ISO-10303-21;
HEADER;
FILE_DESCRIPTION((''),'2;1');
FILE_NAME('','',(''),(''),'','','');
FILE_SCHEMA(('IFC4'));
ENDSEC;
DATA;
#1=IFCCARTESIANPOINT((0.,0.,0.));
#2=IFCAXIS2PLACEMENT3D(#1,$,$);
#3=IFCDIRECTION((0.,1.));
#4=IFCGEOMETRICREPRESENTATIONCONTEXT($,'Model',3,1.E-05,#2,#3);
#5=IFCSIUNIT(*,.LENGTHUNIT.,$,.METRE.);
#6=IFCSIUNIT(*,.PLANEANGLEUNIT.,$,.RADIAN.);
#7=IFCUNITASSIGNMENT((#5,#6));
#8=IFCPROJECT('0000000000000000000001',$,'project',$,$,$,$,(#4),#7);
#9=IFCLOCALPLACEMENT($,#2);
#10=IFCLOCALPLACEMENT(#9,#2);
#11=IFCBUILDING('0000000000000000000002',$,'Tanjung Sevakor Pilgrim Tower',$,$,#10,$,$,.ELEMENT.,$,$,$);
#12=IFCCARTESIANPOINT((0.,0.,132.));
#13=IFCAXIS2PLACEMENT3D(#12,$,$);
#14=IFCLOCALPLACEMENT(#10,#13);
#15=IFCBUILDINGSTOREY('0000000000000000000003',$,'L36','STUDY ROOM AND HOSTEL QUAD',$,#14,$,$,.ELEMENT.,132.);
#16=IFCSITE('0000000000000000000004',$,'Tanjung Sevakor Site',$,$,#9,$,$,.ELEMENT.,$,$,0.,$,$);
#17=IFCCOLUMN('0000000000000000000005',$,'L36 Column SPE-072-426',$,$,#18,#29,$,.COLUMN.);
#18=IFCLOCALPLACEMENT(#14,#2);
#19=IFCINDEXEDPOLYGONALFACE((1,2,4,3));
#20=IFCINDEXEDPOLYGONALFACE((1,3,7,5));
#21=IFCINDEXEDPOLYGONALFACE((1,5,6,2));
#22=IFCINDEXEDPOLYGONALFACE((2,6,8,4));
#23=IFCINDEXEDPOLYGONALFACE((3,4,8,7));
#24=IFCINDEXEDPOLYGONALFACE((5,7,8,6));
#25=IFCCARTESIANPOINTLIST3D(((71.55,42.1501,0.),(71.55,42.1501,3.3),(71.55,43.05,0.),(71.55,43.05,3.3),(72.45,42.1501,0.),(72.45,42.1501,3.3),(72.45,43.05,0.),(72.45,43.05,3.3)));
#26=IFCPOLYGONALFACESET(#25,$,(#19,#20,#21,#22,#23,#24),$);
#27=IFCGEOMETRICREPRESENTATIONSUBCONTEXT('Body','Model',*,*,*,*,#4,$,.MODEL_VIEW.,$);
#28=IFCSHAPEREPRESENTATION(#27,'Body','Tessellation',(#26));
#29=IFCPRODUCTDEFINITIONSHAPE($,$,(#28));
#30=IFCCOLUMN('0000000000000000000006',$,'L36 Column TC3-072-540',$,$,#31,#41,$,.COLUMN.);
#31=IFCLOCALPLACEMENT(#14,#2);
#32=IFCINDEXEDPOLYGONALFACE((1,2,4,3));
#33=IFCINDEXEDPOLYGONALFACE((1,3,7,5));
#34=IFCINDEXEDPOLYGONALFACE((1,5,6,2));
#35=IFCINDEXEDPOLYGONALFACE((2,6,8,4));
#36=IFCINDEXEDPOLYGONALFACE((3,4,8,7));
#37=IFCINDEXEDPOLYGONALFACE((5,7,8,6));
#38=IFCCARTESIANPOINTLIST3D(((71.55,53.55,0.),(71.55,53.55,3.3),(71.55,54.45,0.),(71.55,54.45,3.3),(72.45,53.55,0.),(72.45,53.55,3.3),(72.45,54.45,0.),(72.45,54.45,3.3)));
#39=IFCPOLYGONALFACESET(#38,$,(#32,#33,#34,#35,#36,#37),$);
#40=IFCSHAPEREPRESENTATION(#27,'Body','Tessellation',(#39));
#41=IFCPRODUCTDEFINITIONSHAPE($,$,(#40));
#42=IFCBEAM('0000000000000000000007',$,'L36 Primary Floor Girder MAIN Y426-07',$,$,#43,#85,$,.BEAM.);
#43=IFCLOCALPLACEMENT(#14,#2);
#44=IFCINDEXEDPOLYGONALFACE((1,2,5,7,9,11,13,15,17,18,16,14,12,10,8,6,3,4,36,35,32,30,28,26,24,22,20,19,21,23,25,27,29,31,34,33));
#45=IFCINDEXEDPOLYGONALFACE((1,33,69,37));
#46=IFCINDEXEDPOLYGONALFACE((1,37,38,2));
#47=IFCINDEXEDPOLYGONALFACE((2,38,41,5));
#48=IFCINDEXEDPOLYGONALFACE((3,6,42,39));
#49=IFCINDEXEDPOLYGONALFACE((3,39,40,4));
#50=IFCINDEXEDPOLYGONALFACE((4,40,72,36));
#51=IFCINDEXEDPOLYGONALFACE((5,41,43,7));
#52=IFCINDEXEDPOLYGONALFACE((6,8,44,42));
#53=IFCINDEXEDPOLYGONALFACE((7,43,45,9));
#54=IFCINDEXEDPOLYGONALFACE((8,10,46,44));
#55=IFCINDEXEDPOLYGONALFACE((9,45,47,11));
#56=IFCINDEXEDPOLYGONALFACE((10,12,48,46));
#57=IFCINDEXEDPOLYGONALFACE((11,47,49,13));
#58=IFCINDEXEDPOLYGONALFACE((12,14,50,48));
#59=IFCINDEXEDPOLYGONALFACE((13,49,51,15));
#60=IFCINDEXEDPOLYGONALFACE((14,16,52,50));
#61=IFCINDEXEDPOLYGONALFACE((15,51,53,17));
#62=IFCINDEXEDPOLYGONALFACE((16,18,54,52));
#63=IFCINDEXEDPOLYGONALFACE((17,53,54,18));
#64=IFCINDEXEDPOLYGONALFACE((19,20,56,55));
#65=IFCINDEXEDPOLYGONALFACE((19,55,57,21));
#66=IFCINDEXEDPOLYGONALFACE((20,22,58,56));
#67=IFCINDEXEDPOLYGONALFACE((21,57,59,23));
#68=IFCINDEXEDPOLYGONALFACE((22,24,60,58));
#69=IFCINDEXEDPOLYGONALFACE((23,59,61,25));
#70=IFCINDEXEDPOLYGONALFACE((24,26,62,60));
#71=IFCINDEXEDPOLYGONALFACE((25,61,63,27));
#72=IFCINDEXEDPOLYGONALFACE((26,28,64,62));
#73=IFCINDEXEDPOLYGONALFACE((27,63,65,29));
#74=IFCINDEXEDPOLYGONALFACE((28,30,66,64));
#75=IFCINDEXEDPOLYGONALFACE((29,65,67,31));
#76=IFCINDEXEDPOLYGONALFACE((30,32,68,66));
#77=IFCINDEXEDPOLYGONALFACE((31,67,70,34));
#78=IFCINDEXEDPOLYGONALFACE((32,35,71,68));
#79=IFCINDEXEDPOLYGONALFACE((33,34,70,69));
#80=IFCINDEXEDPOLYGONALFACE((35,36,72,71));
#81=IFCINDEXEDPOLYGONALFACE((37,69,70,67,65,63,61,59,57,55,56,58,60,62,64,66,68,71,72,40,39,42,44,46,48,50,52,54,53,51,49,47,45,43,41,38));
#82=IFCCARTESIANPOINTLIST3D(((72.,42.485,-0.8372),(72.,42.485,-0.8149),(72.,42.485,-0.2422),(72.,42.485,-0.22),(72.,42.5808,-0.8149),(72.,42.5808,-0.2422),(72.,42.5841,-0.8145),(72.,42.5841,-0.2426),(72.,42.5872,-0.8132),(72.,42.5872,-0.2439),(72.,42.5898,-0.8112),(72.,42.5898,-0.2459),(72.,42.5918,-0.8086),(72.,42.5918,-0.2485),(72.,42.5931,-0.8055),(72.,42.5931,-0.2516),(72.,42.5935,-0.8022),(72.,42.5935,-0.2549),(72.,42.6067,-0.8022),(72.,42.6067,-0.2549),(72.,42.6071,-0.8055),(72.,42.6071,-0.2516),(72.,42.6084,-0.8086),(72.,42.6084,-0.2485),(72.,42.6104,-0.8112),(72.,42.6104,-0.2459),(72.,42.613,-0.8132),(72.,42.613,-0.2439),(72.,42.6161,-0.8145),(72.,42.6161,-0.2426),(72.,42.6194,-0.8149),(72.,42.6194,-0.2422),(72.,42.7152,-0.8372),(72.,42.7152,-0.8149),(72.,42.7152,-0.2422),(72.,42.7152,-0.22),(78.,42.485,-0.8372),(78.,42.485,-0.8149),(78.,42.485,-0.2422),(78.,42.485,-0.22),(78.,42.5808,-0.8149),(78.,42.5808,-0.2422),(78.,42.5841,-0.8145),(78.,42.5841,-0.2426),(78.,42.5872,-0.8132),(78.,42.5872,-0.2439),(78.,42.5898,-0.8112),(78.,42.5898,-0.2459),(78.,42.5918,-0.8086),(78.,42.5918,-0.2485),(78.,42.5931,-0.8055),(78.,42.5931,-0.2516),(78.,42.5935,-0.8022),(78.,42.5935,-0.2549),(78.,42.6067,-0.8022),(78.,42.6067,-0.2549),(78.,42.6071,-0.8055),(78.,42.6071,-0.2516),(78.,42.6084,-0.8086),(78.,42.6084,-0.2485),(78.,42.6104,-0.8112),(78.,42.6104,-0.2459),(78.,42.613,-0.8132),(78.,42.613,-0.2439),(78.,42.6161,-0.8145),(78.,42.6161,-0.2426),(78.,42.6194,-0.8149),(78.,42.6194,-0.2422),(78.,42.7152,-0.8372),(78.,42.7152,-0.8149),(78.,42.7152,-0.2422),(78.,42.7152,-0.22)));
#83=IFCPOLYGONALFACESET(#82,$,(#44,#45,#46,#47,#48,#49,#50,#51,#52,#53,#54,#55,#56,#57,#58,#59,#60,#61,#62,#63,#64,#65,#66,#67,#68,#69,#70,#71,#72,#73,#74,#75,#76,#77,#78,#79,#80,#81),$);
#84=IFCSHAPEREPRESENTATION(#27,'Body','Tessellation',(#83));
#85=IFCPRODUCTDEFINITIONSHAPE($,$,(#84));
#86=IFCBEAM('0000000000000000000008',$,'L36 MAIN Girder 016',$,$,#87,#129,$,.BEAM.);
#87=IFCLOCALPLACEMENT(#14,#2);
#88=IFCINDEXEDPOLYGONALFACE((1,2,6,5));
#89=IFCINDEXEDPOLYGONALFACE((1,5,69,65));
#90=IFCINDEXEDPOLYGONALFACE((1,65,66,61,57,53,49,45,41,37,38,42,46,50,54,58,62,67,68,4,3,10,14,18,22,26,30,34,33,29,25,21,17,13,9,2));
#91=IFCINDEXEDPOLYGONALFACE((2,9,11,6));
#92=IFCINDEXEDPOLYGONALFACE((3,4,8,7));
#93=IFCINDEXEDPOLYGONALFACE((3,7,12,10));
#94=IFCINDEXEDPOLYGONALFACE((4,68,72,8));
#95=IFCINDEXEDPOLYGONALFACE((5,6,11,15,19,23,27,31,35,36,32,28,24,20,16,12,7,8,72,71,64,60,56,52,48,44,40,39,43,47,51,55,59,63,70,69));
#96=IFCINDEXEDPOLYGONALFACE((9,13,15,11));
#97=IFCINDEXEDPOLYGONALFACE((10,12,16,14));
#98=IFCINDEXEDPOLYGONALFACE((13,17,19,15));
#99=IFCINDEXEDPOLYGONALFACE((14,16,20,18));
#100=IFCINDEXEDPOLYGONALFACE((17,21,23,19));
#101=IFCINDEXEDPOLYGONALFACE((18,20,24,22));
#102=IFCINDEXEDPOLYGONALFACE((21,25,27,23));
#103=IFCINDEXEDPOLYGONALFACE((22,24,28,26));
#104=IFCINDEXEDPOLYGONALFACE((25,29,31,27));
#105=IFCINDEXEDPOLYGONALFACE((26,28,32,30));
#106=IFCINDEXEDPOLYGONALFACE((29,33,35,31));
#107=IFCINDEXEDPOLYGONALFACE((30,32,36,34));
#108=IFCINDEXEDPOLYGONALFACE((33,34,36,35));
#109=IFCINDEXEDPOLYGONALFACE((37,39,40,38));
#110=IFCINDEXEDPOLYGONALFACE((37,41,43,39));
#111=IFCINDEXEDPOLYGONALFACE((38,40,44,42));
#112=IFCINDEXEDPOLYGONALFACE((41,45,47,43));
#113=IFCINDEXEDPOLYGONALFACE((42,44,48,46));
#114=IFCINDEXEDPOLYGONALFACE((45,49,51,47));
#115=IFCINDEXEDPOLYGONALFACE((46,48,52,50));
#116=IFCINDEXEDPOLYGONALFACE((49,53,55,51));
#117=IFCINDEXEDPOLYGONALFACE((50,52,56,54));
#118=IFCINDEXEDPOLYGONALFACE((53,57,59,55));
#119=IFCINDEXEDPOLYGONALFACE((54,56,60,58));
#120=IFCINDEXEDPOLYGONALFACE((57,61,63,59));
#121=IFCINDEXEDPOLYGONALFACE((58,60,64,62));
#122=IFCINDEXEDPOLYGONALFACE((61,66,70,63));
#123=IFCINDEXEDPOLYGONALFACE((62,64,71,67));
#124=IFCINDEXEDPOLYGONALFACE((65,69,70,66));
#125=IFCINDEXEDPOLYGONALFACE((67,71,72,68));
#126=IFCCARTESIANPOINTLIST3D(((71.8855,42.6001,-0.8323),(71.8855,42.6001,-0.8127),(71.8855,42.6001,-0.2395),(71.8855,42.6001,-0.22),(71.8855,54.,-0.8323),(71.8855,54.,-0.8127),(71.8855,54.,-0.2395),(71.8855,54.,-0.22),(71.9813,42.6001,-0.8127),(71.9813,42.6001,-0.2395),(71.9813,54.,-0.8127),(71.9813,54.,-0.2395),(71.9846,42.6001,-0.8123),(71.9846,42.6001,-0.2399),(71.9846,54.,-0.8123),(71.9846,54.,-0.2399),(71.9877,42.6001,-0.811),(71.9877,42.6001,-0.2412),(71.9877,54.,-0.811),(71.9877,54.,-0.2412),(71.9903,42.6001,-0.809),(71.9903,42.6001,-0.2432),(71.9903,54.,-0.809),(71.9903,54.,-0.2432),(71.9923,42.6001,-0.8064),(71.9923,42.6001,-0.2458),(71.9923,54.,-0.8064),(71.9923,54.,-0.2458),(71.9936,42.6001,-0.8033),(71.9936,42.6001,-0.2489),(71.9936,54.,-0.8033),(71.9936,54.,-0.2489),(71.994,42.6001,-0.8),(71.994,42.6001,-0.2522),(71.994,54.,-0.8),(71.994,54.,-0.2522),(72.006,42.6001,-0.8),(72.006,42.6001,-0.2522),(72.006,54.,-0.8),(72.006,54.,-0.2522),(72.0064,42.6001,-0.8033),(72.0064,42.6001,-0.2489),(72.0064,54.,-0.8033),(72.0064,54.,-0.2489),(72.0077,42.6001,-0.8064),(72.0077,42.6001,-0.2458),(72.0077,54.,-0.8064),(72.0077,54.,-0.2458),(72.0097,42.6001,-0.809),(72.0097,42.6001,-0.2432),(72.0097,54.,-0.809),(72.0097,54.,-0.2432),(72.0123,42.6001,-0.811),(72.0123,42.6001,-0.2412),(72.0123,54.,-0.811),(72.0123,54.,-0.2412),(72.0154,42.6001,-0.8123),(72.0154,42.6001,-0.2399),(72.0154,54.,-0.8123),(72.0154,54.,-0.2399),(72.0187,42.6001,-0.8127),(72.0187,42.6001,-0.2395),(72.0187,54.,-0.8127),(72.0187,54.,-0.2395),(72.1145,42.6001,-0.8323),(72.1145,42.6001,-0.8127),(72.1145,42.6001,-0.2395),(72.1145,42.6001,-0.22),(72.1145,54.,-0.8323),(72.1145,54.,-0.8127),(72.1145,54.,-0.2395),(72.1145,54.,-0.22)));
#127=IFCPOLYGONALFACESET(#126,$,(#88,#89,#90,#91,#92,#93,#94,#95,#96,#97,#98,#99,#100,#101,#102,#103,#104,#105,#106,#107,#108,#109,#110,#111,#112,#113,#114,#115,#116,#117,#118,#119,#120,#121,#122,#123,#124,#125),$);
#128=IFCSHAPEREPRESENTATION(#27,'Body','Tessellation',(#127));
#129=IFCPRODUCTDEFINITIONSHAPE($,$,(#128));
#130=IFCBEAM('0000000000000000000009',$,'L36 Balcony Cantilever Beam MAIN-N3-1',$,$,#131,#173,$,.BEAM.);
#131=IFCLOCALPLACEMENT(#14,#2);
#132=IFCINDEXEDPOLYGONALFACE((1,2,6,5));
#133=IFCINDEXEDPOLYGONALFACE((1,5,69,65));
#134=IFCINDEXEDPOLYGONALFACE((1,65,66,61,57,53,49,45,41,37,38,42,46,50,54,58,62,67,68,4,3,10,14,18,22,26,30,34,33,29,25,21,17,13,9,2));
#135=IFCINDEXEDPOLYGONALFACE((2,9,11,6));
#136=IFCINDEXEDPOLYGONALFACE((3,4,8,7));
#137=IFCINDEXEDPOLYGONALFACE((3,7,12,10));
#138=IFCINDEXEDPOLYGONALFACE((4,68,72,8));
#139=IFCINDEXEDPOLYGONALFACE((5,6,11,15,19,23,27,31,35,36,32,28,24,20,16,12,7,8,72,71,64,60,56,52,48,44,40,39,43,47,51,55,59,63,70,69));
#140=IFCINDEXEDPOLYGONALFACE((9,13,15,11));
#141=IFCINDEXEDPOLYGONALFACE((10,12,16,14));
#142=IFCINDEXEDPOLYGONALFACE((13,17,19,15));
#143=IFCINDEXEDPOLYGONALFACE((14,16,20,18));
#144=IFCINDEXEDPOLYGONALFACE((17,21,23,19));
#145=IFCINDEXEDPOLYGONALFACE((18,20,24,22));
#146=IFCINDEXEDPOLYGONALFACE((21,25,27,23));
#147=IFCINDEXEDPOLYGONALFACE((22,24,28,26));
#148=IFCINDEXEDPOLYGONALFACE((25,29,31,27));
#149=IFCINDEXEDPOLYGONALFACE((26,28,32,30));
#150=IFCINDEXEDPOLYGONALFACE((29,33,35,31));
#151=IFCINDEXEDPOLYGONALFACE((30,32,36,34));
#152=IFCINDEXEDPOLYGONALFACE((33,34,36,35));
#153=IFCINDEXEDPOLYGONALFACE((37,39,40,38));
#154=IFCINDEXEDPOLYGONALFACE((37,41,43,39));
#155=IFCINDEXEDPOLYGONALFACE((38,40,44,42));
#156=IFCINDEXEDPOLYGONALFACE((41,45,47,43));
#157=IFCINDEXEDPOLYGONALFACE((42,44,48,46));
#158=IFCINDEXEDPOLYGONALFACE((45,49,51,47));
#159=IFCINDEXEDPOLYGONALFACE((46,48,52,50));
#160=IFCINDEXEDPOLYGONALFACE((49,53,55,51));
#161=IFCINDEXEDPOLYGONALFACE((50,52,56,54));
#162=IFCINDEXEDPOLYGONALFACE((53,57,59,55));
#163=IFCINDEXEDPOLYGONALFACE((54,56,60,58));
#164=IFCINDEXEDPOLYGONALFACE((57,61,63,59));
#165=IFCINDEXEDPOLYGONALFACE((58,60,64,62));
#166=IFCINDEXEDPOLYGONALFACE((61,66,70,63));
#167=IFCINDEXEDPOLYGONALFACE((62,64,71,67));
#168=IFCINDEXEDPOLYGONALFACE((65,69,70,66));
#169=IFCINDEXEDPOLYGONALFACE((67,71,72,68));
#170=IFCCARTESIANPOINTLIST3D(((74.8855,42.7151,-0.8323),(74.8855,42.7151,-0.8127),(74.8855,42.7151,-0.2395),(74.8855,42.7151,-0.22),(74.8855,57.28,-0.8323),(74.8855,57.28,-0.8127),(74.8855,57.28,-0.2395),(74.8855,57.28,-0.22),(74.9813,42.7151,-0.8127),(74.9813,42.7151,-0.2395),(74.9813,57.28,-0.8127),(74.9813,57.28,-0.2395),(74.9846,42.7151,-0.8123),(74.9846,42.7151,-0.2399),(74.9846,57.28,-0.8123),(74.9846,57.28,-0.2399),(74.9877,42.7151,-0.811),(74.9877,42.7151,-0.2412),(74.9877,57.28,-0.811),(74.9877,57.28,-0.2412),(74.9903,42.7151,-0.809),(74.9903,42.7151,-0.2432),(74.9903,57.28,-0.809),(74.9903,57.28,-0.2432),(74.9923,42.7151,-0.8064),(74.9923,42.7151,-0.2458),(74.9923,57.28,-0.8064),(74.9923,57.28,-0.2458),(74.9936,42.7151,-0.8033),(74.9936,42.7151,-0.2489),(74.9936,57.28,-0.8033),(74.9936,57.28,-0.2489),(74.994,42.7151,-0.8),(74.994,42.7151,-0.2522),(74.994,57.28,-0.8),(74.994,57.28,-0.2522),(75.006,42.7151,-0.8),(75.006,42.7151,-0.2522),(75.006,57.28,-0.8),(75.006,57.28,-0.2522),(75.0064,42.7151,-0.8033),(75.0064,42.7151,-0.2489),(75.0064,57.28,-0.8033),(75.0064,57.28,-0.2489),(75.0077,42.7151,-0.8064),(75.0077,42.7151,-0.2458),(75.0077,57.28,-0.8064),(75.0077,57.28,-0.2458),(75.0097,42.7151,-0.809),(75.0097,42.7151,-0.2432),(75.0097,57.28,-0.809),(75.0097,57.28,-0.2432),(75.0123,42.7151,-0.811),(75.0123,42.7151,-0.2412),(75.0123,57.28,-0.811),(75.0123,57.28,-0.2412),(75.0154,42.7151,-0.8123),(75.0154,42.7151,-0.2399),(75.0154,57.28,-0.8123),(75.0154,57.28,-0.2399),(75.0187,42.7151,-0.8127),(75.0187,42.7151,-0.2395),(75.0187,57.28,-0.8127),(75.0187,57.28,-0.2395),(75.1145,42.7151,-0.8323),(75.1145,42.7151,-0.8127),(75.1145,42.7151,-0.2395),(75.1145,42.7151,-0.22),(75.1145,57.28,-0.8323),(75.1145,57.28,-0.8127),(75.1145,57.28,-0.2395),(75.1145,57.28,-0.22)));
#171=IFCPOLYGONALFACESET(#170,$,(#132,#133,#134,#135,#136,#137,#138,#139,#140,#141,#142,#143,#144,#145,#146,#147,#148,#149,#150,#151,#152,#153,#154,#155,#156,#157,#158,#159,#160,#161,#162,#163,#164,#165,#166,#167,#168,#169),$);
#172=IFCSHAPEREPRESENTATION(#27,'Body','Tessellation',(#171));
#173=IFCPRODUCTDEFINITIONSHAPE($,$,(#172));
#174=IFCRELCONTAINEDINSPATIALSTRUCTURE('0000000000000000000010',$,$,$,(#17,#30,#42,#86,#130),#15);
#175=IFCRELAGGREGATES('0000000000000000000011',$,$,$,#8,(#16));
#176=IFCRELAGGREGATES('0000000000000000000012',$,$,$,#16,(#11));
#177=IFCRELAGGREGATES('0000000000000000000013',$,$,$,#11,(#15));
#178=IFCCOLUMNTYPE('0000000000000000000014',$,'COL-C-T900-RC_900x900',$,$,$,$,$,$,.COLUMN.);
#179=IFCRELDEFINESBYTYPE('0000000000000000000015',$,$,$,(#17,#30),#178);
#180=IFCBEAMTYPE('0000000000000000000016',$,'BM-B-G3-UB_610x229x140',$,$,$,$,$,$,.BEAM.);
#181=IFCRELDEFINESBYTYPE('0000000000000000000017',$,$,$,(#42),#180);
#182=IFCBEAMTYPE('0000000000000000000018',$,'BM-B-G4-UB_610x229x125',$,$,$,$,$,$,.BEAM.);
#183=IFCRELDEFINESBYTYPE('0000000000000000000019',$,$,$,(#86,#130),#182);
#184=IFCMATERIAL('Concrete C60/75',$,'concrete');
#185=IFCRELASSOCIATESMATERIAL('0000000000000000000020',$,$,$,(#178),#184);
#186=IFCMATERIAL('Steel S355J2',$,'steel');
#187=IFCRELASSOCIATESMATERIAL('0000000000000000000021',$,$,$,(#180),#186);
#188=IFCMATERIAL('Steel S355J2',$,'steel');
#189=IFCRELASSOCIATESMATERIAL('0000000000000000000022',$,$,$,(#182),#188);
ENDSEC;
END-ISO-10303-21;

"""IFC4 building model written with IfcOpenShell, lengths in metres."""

from ifc_helpers import new_model, si_unit, direction, frame, origin, origin_2d, place, context, subcontext, project, spatial, rectangle, i_section, extrude, material, material_profile, profile_set, type_object, element, save


model = new_model("IFC4")

# Units and contexts
model_context = context("Model", 3, precision=1e-05, world=origin(), true_north=direction((0.0, 1.0)))
body_context = subcontext(model_context, "Body", "Model", "MODEL_VIEW")
ifc_project = project(units=[si_unit("LENGTHUNIT", "METRE"), si_unit("PLANEANGLEUNIT", "RADIAN")], contexts=[model_context])

# Site, building, storey
site_placement = place(None, origin())
site = spatial("IfcSite", under=ifc_project, at=site_placement, Name="Tanjung Sevakor Site", CompositionType="ELEMENT", RefElevation=0.0)
building_placement = place(site_placement, origin())
building = spatial("IfcBuilding", under=site, at=building_placement, Name="Tanjung Sevakor Pilgrim Tower", CompositionType="ELEMENT")
storey_placement = place(building_placement, frame((0.0, 0.0, 132.0)))
storey = spatial("IfcBuildingStorey", under=building, at=storey_placement, Name="L36", Description="STUDY ROOM AND HOSTEL QUAD", CompositionType="ELEMENT", Elevation=132.0)

# Columns
ifc_material_1 = material(Name="Concrete C60/75", Category="concrete")
ifc_material_profile_1 = material_profile(ifc_material_1, rectangle(XDim=0.8999, YDim=0.8999, at=origin_2d()))
ifc_profile_set_1 = profile_set([ifc_material_profile_1], Name="Concrete C60/75")
column_type = type_object("IfcColumnType", Name="COL-C-T900-RC_900x900", PredefinedType="COLUMN", material=ifc_profile_set_1)
for number, where, z_axis, x_axis, name in (
    (1, (72.0, 42.6001, 0.0), (0.0, 0.0, 1.0), (1.0, 0.0, 0.0), "L36 Column SPE-072-426"),
    (2, (72.0, 54.0, 0.0), (0.0, 0.0, 1.0), (1.0, 0.0, 0.0), "L36 Column TC3-072-540"),
):
    element("IfcColumn", number, at=place(storey_placement, frame(where, z_axis=z_axis, x_axis=x_axis)), inside=storey, type_object=column_type, Name=name, PredefinedType="COLUMN", context=body_context, shape_type="SweptSolid", body=[
        extrude(rectangle(XDim=0.8999, YDim=0.8999, at=origin_2d()), origin(), (0.0, 0.0, 1.0), 3.3),
    ])

# Beams
ifc_material_2 = material(Name="Steel S355J2", Category="steel")
ifc_material_profile_2 = material_profile(ifc_material_2, i_section(OverallWidth=0.2302, OverallDepth=0.6172, WebThickness=0.0132, FlangeThickness=0.0222, FilletRadius=0.0127, at=origin_2d()))
ifc_profile_set_2 = profile_set([ifc_material_profile_2], Name="Steel S355J2")
beam_type_1 = type_object("IfcBeamType", Name="BM-B-G3-UB_610x229x140", PredefinedType="BEAM", material=ifc_profile_set_2)
beam_1_placement = place(storey_placement, frame((72.0, 42.6001, -0.5286), z_axis=(1.0, 0.0, 0.0), x_axis=(0.0, 1.0, 0.0)))
element("IfcBeam", 3, at=beam_1_placement, inside=storey, type_object=beam_type_1, Name="L36 Primary Floor Girder MAIN Y426-07", PredefinedType="BEAM", context=body_context, shape_type="SweptSolid", body=[
    extrude(i_section(OverallWidth=0.2302, OverallDepth=0.6172, WebThickness=0.0132, FlangeThickness=0.0222, FilletRadius=0.0127, at=origin_2d()), origin(), (0.0, 0.0, 1.0), 6.0),
])
ifc_material_3 = material(Name="Steel S355J2", Category="steel")
ifc_material_profile_3 = material_profile(ifc_material_3, i_section(OverallWidth=0.229, OverallDepth=0.6123, WebThickness=0.012, FlangeThickness=0.0195, FilletRadius=0.0127, at=origin_2d()))
ifc_profile_set_3 = profile_set([ifc_material_profile_3], Name="Steel S355J2")
beam_type_2 = type_object("IfcBeamType", Name="BM-B-G4-UB_610x229x125", PredefinedType="BEAM", material=ifc_profile_set_3)
beam_2_placement = place(storey_placement, frame((72.0, 42.6001, -0.5261), z_axis=(0.0, 1.0, 0.0), x_axis=(-1.0, 0.0, 0.0)))
element("IfcBeam", 4, at=beam_2_placement, inside=storey, type_object=beam_type_2, Name="L36 MAIN Girder 016", PredefinedType="BEAM", context=body_context, shape_type="SweptSolid", body=[
    extrude(i_section(OverallWidth=0.229, OverallDepth=0.6123, WebThickness=0.012, FlangeThickness=0.0195, FilletRadius=0.0127, at=origin_2d()), origin(), (0.0, 0.0, 1.0), 11.3999),
])
beam_3_placement = place(storey_placement, frame((75.0, 42.7151, -0.5261), z_axis=(0.0, 1.0, 0.0), x_axis=(-1.0, 0.0, 0.0)))
element("IfcBeam", 5, at=beam_3_placement, inside=storey, type_object=beam_type_2, Name="L36 Balcony Cantilever Beam MAIN-N3-1", PredefinedType="BEAM", context=body_context, shape_type="SweptSolid", body=[
    extrude(i_section(OverallWidth=0.229, OverallDepth=0.6123, WebThickness=0.012, FlangeThickness=0.0195, FilletRadius=0.0127, at=origin_2d()), origin(), (0.0, 0.0, 1.0), 14.5649),
])

save(model, "model.ifc")
